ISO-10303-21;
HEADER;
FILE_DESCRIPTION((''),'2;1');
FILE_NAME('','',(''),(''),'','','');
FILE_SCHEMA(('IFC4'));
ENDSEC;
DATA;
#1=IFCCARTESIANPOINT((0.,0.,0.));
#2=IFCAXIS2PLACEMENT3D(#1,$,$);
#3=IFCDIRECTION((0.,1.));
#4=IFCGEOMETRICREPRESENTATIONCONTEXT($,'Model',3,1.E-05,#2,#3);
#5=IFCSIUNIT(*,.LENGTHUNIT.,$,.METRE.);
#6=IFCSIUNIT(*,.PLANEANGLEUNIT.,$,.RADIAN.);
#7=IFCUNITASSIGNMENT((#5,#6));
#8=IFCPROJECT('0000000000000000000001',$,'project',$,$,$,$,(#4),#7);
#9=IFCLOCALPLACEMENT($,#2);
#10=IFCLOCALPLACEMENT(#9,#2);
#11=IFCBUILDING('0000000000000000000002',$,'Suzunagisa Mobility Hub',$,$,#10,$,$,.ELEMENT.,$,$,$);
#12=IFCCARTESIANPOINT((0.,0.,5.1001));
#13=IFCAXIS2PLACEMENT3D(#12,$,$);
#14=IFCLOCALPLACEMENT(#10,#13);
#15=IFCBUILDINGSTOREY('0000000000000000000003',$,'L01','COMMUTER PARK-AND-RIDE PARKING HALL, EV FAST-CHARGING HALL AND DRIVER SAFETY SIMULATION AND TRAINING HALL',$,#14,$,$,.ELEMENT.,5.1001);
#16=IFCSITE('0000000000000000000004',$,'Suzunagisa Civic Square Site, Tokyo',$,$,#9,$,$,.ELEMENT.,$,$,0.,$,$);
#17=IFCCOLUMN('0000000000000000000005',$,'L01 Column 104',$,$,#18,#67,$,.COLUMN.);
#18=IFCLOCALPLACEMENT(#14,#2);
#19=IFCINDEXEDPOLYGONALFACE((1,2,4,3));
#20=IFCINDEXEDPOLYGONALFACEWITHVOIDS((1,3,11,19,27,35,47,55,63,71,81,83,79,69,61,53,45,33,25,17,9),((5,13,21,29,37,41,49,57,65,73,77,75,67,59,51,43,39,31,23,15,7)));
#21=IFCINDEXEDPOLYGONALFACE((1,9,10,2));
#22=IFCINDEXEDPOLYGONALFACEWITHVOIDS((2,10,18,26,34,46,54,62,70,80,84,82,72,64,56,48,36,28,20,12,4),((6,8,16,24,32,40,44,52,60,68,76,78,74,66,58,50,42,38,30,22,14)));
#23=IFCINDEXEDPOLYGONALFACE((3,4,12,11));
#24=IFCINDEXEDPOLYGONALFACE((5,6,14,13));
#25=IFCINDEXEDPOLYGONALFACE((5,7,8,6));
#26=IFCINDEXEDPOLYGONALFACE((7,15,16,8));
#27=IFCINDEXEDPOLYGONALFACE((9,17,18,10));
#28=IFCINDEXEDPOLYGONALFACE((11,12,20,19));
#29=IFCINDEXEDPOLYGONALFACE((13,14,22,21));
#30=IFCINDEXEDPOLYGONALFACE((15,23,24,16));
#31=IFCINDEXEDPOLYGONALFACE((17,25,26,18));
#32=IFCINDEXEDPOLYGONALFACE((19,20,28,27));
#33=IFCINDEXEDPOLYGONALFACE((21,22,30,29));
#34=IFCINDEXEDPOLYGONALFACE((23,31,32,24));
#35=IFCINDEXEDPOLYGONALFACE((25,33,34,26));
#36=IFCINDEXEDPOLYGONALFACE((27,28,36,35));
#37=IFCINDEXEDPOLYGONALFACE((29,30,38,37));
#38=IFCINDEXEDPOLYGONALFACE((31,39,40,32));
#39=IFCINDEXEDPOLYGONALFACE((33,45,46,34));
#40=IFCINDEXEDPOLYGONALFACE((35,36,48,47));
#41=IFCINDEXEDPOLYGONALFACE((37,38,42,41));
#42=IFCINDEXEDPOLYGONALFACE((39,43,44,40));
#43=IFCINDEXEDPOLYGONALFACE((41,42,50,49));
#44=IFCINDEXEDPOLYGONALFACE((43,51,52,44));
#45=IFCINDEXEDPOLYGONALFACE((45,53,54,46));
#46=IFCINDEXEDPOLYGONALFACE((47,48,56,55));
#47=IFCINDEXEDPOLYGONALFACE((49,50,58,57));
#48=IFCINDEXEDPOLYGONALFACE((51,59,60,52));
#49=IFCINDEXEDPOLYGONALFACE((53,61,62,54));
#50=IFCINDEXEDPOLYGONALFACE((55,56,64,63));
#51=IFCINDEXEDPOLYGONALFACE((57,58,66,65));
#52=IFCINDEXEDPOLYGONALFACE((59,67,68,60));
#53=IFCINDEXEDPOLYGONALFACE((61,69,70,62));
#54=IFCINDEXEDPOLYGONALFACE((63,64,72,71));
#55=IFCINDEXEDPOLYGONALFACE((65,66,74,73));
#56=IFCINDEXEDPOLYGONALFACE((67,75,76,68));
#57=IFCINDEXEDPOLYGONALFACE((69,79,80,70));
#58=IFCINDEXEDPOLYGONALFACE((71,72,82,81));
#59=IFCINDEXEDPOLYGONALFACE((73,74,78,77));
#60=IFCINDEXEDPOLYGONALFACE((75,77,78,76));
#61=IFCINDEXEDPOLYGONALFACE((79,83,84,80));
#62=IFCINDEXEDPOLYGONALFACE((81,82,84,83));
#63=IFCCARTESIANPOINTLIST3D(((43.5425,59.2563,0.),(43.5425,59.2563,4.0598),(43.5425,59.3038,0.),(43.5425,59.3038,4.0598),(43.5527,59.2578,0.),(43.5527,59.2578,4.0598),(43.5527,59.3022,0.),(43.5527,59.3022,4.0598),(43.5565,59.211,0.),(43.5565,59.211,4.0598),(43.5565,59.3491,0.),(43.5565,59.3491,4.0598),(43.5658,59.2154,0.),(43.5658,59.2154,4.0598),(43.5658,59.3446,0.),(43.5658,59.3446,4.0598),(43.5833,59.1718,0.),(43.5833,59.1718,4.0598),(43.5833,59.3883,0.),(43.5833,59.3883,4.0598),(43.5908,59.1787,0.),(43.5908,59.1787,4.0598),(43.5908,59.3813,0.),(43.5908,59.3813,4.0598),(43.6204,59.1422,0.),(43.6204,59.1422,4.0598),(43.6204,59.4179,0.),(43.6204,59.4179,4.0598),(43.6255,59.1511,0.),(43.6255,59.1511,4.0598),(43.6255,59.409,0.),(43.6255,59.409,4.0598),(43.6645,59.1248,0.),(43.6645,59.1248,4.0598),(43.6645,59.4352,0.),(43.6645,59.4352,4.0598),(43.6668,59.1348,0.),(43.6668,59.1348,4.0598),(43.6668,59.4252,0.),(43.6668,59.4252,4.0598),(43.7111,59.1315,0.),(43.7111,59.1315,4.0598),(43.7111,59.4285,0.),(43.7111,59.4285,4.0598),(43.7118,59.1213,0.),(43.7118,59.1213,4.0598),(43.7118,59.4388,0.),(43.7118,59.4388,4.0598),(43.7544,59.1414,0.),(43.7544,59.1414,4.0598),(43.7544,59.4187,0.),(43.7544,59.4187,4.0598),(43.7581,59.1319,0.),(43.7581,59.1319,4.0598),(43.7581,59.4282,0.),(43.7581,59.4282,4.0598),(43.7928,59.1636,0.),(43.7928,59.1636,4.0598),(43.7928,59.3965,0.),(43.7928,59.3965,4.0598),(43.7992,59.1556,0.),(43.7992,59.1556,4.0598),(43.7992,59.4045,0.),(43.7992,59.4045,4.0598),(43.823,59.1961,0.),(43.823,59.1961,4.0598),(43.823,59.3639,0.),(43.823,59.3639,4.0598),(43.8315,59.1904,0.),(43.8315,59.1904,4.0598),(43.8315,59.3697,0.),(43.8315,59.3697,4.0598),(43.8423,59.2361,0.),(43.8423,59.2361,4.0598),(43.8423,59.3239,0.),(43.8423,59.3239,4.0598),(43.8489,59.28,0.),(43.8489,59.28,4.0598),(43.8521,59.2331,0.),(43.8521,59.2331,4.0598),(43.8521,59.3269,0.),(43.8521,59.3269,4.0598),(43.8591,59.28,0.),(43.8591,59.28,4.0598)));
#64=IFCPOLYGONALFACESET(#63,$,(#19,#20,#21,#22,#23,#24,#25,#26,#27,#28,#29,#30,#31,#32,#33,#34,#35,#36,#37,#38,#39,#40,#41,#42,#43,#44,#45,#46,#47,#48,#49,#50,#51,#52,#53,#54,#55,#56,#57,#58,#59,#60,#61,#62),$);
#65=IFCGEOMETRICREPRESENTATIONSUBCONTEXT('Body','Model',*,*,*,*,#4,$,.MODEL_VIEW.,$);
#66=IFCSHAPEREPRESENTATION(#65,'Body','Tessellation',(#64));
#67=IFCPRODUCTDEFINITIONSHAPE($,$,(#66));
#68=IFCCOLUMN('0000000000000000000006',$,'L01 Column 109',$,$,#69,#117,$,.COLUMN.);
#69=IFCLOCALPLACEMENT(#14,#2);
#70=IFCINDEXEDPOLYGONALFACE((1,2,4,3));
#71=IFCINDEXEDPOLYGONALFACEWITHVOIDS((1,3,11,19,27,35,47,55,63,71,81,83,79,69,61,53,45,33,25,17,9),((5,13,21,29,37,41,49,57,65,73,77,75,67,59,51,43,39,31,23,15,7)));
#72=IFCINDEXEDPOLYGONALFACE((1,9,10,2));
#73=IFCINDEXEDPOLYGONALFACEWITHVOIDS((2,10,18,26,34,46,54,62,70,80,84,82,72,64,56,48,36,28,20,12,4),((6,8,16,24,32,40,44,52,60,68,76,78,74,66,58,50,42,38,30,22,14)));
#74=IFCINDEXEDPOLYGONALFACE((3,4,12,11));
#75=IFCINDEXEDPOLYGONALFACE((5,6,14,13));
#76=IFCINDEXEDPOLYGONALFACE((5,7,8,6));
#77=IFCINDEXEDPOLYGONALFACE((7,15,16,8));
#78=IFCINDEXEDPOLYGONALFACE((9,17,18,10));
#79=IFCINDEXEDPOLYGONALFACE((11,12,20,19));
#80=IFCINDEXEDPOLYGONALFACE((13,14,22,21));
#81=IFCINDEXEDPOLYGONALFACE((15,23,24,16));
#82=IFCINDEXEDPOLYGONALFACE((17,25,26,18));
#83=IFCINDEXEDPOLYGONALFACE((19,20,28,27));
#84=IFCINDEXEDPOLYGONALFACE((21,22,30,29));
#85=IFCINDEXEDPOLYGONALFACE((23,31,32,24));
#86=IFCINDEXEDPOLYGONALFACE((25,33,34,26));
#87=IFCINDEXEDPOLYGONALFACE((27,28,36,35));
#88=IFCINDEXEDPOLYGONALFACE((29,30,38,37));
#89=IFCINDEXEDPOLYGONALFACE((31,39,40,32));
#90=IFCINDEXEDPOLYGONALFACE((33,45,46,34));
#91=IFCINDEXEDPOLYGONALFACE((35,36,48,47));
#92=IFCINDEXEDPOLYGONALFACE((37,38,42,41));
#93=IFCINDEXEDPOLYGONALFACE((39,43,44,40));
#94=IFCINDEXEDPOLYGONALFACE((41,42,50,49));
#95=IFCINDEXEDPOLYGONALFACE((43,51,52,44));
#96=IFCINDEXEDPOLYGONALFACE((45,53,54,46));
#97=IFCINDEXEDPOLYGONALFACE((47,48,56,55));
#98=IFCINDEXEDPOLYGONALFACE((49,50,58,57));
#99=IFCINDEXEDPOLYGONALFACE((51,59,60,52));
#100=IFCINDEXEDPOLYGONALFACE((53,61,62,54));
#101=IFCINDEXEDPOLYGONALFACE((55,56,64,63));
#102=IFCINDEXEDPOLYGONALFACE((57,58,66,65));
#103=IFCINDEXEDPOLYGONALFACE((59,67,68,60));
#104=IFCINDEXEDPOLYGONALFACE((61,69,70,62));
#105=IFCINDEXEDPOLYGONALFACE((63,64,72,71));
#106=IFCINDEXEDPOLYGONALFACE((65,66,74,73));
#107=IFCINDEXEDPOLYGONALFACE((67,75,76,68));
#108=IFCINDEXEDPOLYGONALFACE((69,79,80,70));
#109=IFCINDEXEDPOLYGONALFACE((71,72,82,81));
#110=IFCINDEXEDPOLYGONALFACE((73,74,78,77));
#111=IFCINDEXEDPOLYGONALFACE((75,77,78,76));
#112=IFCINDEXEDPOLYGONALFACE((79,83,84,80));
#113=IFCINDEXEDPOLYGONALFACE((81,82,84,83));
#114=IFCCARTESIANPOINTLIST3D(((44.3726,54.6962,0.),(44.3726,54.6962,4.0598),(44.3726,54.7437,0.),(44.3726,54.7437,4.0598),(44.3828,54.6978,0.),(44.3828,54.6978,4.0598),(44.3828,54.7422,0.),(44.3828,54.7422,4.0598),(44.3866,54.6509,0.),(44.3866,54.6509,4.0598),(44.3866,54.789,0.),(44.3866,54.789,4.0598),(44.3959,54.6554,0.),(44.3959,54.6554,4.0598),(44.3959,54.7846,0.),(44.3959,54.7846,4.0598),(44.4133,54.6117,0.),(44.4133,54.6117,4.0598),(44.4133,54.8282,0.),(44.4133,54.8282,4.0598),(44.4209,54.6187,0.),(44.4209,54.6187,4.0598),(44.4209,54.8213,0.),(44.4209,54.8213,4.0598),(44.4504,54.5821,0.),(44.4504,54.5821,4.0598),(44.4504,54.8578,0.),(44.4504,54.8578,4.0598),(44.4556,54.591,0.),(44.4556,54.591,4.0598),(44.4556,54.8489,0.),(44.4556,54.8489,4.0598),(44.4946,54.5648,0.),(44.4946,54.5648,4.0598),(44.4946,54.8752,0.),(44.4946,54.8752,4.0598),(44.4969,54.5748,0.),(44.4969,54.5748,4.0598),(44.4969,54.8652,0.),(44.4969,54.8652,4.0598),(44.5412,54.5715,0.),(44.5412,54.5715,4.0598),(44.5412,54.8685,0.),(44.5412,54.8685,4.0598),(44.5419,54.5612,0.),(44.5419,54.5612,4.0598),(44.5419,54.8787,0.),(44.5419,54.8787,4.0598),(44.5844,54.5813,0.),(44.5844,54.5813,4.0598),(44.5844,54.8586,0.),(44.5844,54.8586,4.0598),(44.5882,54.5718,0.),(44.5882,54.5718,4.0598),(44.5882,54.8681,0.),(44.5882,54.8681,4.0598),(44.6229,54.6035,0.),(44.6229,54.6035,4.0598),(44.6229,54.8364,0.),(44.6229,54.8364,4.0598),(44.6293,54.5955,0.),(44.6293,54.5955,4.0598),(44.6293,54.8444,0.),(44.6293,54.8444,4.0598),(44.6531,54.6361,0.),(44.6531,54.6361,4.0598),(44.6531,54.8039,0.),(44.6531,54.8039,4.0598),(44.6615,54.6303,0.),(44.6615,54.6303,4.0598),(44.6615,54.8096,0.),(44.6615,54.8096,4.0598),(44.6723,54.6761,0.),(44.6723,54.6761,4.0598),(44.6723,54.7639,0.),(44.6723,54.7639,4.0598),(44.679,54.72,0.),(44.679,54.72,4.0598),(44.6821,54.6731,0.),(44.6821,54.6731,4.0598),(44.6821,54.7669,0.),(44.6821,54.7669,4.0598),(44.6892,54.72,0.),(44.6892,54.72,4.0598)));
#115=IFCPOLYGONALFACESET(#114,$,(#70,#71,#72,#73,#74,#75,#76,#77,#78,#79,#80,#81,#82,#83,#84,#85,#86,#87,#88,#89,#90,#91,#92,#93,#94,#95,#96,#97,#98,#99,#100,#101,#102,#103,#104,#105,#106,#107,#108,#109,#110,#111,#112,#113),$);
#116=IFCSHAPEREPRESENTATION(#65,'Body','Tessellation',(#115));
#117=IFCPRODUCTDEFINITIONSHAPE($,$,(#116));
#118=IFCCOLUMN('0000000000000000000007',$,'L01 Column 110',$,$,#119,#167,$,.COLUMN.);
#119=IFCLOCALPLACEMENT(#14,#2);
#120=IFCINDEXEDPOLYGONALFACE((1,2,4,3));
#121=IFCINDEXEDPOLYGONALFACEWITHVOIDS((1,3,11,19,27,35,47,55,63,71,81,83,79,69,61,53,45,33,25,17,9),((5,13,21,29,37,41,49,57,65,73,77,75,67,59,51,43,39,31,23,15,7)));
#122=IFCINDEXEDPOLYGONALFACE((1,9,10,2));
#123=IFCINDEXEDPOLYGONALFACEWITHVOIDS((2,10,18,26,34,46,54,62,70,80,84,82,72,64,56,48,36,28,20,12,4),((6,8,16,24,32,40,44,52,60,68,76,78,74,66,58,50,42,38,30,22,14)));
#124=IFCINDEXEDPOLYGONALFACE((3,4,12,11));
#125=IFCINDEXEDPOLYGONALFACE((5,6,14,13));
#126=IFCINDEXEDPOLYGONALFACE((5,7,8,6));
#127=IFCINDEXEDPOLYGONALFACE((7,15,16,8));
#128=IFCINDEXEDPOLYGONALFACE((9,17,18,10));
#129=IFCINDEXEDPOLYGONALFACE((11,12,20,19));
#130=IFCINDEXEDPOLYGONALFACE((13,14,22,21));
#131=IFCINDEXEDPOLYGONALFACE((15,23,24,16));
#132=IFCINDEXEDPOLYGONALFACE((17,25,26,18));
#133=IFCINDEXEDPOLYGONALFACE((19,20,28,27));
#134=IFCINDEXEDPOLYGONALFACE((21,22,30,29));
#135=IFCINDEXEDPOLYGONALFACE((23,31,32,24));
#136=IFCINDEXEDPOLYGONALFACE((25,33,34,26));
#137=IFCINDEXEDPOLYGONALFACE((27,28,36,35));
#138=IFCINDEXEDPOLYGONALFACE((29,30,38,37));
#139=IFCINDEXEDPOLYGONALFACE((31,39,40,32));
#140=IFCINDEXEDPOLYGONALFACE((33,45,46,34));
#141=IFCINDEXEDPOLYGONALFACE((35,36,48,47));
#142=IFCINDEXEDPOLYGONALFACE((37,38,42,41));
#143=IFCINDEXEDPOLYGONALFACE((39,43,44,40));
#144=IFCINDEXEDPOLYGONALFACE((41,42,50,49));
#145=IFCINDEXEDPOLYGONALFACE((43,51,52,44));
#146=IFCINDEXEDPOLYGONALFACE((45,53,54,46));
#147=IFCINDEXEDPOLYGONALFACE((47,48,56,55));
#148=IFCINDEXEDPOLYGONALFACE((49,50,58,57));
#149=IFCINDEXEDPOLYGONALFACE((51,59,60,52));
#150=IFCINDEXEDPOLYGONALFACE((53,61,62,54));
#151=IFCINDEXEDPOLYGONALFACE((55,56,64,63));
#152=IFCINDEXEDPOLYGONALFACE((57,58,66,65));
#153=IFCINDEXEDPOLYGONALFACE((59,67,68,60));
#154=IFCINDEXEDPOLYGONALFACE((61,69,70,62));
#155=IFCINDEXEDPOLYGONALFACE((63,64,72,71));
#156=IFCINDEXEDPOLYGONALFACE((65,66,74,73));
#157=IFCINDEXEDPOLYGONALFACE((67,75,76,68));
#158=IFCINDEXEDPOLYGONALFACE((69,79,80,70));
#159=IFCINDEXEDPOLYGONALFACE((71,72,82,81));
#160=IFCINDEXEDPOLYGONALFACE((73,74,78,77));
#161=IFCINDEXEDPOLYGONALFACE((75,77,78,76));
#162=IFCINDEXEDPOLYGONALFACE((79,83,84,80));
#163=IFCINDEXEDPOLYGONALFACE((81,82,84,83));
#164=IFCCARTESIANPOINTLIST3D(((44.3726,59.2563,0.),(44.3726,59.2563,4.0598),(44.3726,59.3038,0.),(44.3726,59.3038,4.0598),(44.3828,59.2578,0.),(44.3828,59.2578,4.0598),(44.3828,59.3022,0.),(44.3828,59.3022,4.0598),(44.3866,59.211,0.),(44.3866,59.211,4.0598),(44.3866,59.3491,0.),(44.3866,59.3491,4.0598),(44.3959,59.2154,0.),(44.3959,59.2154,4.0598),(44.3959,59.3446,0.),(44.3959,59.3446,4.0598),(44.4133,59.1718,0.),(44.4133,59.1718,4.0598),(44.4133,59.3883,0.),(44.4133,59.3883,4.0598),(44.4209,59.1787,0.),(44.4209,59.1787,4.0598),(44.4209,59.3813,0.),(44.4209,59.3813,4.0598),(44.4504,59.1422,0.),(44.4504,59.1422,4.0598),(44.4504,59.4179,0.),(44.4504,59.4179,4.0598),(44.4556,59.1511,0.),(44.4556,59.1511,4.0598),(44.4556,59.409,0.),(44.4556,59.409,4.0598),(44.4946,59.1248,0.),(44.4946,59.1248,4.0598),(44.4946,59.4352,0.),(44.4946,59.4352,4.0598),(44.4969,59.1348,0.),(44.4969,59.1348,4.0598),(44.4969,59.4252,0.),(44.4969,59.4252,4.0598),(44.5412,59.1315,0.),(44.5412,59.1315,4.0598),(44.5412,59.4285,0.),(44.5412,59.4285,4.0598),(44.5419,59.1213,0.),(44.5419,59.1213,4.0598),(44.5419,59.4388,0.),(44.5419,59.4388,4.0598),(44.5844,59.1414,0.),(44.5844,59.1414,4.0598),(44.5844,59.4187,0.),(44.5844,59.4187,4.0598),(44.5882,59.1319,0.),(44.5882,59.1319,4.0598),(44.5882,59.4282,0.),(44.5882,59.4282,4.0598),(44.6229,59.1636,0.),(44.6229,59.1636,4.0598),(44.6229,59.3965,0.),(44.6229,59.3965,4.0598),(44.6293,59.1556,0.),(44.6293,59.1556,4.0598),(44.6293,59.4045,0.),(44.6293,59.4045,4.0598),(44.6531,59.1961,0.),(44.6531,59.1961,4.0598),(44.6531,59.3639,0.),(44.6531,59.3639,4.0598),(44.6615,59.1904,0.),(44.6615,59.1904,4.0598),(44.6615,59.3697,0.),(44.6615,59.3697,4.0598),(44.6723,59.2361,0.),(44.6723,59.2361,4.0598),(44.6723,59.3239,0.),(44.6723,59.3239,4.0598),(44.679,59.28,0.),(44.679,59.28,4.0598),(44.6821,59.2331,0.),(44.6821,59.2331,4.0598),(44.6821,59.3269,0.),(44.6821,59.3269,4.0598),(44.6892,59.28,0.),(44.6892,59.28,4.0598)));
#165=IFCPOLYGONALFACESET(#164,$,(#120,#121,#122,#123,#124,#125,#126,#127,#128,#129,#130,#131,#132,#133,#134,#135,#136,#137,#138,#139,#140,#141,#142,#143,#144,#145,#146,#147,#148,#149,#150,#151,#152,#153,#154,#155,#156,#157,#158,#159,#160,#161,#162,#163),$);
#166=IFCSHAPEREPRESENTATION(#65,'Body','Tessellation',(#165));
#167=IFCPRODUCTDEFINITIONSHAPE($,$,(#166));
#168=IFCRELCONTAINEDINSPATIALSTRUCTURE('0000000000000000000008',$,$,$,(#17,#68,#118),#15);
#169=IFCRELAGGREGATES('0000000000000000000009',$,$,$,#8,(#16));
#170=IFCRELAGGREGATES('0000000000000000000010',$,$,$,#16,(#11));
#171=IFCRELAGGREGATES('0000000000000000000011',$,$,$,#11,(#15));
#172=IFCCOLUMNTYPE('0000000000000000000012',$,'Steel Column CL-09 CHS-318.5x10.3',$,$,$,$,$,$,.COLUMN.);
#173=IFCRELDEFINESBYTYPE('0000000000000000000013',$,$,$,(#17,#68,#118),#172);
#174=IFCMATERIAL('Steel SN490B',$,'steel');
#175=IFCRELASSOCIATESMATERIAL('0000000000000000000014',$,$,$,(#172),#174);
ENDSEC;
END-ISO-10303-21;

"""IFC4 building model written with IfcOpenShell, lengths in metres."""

from ifc_helpers import new_model, si_unit, direction, frame, origin, origin_2d, place, context, subcontext, project, spatial, hollow_circle, extrude, material, material_profile, profile_set, type_object, element, save


model = new_model("IFC4")

# Units and contexts
model_context = context("Model", 3, precision=1e-05, world=origin(), true_north=direction((0.0, 1.0)))
body_context = subcontext(model_context, "Body", "Model", "MODEL_VIEW")
ifc_project = project(units=[si_unit("LENGTHUNIT", "METRE"), si_unit("PLANEANGLEUNIT", "RADIAN")], contexts=[model_context])

# Site, building, storey
site_placement = place(None, origin())
site = spatial("IfcSite", under=ifc_project, at=site_placement, Name="Suzunagisa Civic Square Site, Tokyo", CompositionType="ELEMENT", RefElevation=0.0)
building_placement = place(site_placement, origin())
building = spatial("IfcBuilding", under=site, at=building_placement, Name="Suzunagisa Mobility Hub", CompositionType="ELEMENT")
storey_placement = place(building_placement, frame((0.0, 0.0, 5.1001)))
storey = spatial("IfcBuildingStorey", under=building, at=storey_placement, Name="L01", Description="COMMUTER PARK-AND-RIDE PARKING HALL, EV FAST-CHARGING HALL AND DRIVER SAFETY SIMULATION AND TRAINING HALL", CompositionType="ELEMENT", Elevation=5.1001)

# Columns
ifc_material_1 = material(Name="Steel SN490B", Category="steel")
ifc_material_profile_1 = material_profile(ifc_material_1, hollow_circle(Radius=0.1592, WallThickness=0.0103, at=origin_2d()), Name="CHS-318.5x10.3")
ifc_profile_set_1 = profile_set([ifc_material_profile_1], Name="Steel SN490B")
column_type_1 = type_object("IfcColumnType", Name="Steel Column CL-09 CHS-318.5x10.3", PredefinedType="COLUMN", material=ifc_profile_set_1)
for number, where, z_axis, x_axis, name in (
    (1, (43.7, 59.28, 0.0), (0.0, 0.0, 1.0), (1.0, 0.0, 0.0), "L01 Column 104"),
    (2, (44.53, 54.72, 0.0), (0.0, 0.0, 1.0), (1.0, 0.0, 0.0), "L01 Column 109"),
    (3, (44.53, 59.28, 0.0), (0.0, 0.0, 1.0), (1.0, 0.0, 0.0), "L01 Column 110"),
):
    element("IfcColumn", number, at=place(storey_placement, frame(where, z_axis=z_axis, x_axis=x_axis)), inside=storey, type_object=column_type_1, Name=name, PredefinedType="COLUMN", context=body_context, shape_type="SweptSolid", body=[
        extrude(hollow_circle(Radius=0.1592, WallThickness=0.0103, at=origin_2d()), origin(), (0.0, 0.0, 1.0), 4.0598),
    ])

save(model, "model.ifc")
